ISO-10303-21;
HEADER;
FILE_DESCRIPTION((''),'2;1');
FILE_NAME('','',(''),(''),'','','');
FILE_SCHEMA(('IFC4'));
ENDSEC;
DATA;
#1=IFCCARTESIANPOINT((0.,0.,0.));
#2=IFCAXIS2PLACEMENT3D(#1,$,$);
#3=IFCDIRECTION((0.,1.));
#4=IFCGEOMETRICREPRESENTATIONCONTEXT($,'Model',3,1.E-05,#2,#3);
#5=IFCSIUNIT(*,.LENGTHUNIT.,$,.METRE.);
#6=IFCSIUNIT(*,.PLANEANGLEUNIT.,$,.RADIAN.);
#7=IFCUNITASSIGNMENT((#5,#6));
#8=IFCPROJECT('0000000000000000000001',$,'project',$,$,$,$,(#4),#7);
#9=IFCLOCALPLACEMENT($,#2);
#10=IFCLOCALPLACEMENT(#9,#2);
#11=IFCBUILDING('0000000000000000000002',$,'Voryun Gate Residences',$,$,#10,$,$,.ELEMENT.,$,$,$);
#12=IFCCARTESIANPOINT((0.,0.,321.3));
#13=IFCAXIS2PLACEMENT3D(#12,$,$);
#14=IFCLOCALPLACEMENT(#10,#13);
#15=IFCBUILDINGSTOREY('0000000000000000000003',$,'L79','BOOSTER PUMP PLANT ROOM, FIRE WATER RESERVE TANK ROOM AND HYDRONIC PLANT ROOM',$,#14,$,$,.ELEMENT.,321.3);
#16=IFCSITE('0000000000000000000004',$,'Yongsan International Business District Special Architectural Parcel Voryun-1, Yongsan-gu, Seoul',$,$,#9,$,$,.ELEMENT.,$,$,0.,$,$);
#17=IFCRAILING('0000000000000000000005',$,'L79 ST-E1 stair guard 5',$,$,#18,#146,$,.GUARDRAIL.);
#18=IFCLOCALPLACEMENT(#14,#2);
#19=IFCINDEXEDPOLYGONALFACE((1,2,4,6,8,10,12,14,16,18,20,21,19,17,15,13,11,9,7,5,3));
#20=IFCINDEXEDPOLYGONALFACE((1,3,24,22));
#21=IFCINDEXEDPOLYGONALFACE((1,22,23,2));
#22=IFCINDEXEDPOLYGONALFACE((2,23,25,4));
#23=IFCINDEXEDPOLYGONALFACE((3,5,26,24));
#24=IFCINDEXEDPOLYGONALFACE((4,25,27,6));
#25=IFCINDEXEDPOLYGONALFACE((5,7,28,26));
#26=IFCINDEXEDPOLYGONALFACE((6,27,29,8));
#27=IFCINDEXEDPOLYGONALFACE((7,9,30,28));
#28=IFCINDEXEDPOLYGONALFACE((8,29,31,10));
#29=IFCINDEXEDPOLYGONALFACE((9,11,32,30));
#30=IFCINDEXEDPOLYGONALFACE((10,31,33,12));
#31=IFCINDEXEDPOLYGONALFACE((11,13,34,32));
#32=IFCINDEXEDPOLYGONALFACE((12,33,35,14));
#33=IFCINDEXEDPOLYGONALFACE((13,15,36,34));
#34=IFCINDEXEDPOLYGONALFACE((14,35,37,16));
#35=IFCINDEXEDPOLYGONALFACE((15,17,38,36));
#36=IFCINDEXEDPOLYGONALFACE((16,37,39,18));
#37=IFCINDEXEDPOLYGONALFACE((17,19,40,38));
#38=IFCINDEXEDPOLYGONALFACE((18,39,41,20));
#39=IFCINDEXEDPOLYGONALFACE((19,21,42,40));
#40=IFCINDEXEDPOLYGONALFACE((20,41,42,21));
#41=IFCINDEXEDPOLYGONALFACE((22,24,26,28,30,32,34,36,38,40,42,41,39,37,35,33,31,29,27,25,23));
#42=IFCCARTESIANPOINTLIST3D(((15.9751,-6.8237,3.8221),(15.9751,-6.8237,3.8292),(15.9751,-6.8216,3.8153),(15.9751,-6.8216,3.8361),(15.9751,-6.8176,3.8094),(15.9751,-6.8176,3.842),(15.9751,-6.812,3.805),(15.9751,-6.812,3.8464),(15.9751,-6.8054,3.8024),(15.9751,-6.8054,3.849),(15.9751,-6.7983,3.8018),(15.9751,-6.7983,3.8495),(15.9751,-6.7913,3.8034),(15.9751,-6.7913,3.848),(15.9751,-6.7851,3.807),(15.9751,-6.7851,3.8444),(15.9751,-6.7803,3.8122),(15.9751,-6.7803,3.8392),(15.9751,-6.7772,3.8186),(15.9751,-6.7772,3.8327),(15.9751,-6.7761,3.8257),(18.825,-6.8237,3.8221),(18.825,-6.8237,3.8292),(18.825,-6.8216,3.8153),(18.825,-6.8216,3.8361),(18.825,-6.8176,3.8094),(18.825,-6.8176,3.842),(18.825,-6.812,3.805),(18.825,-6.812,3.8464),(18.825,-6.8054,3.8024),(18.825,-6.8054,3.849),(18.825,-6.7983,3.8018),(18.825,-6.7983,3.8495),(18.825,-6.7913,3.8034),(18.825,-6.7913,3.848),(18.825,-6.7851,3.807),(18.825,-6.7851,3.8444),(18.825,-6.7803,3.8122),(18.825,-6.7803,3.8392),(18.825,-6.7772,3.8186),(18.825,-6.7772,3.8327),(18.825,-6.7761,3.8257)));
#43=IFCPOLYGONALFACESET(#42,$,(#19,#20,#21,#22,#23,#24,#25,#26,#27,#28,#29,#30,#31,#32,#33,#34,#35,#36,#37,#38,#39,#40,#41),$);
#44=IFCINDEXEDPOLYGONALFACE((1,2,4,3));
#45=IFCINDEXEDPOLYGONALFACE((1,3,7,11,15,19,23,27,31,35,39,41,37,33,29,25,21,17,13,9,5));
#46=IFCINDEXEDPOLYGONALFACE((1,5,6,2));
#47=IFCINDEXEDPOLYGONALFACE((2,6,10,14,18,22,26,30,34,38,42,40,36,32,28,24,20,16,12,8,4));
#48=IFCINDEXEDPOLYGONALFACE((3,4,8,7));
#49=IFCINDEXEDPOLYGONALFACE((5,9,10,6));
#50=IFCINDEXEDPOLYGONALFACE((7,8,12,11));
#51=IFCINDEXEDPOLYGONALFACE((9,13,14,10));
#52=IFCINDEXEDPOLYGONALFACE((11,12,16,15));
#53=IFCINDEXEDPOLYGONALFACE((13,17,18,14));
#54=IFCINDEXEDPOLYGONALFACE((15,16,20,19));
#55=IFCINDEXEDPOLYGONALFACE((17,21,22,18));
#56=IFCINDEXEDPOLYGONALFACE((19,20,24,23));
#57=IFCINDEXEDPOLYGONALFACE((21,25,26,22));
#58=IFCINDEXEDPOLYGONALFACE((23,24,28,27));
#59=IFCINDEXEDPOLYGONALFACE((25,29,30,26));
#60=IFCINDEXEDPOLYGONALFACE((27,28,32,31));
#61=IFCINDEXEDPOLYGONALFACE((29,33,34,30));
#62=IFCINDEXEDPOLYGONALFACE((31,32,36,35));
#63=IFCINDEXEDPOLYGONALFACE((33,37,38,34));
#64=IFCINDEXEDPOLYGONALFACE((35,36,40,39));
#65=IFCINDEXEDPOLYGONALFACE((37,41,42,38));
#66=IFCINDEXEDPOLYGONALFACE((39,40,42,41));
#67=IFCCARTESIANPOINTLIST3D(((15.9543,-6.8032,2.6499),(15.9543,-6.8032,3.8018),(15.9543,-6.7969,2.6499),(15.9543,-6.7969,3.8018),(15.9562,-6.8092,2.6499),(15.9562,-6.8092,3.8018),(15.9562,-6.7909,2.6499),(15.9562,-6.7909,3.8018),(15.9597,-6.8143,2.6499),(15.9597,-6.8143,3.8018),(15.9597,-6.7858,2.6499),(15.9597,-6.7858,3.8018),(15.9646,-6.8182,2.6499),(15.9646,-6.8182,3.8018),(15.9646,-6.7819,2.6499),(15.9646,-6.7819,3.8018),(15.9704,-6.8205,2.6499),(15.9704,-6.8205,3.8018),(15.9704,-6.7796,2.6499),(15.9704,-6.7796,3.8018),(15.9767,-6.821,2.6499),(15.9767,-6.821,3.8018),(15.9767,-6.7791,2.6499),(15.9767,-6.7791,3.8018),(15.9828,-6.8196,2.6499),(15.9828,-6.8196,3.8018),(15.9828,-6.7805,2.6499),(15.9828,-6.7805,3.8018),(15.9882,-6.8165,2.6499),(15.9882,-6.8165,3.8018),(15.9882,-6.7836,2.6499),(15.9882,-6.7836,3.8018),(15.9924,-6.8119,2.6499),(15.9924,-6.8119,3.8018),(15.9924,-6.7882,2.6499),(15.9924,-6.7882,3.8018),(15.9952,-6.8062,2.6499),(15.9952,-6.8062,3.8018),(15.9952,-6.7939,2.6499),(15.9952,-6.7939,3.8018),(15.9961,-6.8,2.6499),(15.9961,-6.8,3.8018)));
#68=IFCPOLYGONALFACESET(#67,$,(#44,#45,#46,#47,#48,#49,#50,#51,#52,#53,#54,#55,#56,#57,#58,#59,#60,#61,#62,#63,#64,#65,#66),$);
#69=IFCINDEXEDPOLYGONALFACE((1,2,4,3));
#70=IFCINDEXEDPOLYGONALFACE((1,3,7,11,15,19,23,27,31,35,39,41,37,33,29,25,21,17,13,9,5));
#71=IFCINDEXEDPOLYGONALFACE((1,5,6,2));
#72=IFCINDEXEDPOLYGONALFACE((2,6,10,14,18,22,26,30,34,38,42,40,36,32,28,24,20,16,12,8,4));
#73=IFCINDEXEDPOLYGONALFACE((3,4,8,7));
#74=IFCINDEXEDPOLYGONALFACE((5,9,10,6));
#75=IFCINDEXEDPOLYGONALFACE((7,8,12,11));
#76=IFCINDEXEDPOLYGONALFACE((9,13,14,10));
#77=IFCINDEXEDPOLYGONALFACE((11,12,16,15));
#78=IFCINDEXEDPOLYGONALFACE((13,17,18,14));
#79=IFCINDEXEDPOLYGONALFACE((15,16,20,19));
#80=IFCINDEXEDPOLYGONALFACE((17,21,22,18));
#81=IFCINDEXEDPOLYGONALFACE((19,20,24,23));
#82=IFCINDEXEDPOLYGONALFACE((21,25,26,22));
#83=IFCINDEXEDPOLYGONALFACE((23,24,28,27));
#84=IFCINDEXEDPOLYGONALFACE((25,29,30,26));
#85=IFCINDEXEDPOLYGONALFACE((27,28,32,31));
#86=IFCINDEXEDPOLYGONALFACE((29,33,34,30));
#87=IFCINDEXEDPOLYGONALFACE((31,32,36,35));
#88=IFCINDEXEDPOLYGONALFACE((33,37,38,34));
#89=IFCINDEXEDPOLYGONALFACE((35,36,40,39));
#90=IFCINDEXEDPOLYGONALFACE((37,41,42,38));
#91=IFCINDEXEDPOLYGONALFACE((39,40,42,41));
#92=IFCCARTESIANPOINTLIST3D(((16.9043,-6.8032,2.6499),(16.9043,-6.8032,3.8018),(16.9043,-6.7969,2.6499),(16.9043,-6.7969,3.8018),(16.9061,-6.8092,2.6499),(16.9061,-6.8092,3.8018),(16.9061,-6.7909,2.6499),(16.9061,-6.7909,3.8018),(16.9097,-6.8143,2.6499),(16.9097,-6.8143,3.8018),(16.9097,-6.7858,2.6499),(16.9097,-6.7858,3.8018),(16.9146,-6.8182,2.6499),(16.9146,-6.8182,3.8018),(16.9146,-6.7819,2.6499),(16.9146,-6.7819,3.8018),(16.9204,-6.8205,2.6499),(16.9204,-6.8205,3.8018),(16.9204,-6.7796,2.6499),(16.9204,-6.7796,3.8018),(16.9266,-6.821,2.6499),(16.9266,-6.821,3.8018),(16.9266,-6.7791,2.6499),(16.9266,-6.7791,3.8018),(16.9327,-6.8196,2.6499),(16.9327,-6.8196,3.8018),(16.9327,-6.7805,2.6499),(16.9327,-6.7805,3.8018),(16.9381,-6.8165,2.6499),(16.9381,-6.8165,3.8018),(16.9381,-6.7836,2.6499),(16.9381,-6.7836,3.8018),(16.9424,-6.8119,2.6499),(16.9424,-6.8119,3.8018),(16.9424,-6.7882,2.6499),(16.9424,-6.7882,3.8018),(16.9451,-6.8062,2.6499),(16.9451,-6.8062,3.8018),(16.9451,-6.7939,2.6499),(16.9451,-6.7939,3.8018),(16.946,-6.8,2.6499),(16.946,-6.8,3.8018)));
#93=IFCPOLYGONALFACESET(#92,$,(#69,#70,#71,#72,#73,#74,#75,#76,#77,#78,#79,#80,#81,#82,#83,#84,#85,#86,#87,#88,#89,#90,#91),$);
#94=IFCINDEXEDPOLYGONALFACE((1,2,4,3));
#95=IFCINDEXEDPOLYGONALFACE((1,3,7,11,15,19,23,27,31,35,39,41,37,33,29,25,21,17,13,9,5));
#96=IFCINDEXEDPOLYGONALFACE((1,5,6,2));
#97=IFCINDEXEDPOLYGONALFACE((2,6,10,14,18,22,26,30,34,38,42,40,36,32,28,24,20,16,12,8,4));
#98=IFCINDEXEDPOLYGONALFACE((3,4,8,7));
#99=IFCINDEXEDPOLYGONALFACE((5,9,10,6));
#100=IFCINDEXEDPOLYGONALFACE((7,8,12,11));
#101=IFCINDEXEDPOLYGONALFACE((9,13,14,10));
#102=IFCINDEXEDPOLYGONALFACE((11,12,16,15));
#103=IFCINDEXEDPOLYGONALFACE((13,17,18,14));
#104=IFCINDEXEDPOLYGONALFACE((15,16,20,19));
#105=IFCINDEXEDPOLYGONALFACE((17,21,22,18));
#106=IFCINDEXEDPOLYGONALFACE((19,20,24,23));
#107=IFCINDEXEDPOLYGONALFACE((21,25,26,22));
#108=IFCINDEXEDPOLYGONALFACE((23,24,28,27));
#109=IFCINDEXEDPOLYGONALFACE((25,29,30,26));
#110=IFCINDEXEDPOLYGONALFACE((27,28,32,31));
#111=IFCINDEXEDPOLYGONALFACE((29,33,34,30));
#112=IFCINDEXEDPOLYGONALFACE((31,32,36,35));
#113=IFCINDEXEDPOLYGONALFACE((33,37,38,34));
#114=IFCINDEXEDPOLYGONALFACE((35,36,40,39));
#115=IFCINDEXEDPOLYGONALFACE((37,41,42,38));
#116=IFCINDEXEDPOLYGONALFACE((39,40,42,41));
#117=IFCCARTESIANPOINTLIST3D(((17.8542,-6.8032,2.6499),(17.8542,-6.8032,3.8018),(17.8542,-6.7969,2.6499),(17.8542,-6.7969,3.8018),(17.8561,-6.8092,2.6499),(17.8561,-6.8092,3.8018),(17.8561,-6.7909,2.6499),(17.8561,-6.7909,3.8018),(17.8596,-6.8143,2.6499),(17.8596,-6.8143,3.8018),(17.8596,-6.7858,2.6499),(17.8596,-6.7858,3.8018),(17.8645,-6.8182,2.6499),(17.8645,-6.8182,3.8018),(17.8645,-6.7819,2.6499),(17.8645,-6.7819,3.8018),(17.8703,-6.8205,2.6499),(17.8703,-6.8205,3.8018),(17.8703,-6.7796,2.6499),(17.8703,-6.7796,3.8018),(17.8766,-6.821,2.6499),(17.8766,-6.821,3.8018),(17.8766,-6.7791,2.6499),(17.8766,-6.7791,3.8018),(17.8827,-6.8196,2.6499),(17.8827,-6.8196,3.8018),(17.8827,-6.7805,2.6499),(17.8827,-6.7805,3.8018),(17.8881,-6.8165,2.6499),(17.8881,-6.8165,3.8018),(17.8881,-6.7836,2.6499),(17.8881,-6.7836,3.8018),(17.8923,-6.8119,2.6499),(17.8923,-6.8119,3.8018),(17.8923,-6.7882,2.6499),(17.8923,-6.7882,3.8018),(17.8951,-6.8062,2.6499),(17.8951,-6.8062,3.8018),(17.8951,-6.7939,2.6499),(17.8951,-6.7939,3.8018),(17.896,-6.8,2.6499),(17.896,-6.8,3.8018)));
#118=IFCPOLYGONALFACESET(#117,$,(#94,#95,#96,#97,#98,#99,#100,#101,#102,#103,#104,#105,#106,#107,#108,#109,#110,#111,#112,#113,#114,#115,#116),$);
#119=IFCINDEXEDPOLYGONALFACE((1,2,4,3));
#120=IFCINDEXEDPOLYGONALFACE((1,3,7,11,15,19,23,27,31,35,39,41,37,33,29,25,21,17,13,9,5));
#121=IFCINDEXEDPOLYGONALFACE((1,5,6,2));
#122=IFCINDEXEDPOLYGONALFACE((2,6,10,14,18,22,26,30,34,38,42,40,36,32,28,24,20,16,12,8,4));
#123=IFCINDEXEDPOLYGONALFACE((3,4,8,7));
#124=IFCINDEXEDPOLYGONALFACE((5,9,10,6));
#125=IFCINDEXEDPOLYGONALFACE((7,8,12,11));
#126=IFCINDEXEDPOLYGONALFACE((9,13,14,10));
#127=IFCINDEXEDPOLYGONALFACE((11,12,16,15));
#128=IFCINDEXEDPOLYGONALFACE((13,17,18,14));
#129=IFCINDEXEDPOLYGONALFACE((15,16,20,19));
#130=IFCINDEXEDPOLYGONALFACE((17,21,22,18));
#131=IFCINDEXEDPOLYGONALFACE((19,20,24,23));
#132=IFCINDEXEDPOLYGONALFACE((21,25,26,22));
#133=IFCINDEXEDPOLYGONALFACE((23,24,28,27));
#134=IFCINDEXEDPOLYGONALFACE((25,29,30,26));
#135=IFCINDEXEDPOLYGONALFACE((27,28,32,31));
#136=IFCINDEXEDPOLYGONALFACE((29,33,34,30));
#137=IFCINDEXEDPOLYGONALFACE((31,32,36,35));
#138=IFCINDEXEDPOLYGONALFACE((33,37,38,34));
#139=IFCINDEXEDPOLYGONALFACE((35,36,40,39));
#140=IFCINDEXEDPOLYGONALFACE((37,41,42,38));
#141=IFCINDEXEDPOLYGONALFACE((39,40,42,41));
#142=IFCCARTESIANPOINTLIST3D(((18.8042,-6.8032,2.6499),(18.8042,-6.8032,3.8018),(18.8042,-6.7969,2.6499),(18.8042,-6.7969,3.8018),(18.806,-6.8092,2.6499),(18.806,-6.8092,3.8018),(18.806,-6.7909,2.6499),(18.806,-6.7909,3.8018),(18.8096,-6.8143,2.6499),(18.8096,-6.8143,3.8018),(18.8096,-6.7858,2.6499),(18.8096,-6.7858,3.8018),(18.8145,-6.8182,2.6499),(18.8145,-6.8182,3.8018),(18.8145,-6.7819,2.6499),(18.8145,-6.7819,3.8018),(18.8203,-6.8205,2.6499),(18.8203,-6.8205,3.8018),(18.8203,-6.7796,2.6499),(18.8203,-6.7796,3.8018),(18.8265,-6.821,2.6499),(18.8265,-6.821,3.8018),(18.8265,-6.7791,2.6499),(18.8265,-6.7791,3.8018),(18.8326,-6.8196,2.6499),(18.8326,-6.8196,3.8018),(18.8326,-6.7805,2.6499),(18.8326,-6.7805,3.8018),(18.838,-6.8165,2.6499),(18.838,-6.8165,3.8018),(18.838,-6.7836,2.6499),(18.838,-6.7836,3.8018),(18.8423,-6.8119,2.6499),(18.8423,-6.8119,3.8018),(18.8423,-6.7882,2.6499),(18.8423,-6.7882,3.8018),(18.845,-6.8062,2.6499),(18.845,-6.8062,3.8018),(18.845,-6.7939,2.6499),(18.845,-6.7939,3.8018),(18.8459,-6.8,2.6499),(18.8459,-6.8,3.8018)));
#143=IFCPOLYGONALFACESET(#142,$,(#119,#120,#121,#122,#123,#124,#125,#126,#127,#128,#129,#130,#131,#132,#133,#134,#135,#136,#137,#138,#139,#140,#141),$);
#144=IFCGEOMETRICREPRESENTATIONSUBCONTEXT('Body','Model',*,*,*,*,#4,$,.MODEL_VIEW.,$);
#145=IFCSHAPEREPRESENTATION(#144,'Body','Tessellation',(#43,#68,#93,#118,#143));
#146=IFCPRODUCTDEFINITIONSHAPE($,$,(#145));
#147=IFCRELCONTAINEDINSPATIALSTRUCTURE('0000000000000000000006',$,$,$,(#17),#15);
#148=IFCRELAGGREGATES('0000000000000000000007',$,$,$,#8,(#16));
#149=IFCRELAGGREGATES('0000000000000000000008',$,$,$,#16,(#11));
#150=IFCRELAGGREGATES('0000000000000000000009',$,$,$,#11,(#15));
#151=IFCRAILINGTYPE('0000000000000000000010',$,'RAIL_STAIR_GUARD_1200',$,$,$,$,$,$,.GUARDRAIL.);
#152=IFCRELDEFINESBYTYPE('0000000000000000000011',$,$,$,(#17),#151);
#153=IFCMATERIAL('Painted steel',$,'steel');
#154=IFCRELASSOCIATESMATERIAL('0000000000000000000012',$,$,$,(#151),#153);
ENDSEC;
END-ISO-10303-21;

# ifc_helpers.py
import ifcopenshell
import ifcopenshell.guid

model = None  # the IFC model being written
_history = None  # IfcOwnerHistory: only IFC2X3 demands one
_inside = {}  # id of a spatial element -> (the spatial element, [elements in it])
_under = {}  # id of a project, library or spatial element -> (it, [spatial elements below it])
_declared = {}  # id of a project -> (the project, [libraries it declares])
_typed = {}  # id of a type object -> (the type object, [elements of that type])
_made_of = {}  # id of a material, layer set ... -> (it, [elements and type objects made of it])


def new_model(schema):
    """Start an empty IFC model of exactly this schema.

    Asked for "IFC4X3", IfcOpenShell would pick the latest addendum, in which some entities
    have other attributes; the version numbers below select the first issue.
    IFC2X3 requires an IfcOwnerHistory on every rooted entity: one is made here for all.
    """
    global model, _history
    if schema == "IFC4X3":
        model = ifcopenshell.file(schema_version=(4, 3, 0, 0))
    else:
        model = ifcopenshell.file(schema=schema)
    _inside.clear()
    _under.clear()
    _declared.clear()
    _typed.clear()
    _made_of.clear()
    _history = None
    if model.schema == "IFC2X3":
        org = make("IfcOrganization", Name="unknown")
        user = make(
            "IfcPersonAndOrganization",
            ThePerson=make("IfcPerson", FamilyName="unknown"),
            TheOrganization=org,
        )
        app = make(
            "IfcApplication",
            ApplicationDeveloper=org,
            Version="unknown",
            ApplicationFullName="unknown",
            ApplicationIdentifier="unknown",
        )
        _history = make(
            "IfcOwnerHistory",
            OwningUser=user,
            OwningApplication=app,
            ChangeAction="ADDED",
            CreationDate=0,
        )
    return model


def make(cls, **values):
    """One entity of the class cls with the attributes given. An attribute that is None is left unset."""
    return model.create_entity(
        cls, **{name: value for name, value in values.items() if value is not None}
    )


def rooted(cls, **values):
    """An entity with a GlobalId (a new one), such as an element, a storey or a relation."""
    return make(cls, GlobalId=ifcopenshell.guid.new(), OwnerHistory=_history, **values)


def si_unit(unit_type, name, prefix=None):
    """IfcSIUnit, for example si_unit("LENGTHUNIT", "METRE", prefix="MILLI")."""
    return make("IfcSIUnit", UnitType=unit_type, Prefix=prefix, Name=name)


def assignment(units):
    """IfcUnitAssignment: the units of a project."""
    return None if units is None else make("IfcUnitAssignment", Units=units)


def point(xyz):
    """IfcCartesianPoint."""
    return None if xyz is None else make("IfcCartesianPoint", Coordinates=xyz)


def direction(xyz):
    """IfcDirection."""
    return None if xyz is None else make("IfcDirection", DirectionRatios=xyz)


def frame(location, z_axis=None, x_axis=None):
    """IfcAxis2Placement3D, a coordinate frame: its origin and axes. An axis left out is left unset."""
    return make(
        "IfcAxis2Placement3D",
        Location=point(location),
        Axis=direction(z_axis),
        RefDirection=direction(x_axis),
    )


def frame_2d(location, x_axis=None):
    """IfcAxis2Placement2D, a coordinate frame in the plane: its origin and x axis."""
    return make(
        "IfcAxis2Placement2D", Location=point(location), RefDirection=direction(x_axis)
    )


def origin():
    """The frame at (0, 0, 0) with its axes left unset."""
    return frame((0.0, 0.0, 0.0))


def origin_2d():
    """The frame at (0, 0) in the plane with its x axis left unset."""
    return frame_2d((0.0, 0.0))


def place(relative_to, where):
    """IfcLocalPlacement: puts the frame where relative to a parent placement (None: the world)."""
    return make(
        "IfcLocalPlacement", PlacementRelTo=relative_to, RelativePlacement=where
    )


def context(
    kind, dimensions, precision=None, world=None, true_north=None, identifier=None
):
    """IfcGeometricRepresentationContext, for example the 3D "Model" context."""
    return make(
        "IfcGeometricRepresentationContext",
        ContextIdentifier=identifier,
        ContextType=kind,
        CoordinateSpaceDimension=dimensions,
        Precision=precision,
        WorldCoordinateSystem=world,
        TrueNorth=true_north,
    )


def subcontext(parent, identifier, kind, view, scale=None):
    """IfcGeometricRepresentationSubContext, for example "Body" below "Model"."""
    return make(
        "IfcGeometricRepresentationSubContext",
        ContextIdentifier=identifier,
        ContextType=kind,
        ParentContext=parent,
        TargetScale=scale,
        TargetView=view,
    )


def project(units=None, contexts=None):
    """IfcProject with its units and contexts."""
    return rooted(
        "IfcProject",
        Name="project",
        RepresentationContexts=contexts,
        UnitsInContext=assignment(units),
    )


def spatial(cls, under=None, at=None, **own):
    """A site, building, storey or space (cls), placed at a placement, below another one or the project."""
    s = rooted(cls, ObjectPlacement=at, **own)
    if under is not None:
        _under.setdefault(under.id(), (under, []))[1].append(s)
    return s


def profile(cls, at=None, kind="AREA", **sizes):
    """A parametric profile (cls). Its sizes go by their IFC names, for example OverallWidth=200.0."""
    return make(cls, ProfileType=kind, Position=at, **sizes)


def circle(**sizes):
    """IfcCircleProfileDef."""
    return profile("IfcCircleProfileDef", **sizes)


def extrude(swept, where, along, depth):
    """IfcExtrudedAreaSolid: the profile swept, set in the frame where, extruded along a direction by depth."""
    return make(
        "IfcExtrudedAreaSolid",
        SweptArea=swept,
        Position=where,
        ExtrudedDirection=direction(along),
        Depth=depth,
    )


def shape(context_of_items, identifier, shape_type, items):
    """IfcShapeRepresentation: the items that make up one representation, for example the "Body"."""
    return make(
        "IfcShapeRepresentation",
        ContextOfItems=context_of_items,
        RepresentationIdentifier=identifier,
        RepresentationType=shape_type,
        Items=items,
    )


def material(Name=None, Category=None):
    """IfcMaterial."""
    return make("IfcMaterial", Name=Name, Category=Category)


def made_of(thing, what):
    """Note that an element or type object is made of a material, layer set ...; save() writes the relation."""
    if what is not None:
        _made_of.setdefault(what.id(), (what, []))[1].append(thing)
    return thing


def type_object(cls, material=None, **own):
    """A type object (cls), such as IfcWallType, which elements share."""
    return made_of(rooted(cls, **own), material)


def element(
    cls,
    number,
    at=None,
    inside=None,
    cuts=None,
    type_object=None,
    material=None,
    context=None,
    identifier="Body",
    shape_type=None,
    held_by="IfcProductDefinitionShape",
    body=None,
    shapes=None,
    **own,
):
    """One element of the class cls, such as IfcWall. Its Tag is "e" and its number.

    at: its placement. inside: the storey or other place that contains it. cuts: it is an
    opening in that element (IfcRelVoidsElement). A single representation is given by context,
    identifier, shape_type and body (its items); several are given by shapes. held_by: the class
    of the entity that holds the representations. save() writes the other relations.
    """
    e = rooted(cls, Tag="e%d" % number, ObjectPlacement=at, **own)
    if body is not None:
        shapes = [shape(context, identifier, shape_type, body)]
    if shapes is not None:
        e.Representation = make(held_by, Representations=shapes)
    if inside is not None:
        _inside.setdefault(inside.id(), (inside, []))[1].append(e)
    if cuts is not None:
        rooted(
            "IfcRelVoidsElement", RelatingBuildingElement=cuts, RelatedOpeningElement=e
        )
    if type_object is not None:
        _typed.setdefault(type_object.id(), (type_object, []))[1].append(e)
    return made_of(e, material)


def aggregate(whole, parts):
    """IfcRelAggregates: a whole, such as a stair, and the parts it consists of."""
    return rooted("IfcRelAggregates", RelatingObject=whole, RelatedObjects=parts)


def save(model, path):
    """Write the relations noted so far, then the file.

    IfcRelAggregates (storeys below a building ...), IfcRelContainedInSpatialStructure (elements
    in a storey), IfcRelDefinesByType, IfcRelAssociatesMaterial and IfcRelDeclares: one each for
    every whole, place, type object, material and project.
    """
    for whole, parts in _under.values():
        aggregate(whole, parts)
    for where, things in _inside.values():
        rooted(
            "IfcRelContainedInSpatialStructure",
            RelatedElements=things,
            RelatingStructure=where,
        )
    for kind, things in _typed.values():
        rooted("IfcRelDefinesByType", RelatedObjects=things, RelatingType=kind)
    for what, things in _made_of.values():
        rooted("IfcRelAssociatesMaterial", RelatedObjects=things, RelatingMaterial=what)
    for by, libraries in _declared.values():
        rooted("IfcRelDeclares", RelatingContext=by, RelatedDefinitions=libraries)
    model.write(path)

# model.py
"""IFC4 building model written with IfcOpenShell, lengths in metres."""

from ifc_helpers import new_model, si_unit, direction, frame, origin, origin_2d, place, context, subcontext, project, spatial, circle, extrude, material, type_object, element, save


model = new_model("IFC4")

# Units and contexts
model_context = context("Model", 3, precision=1e-05, world=origin(), true_north=direction((0.0, 1.0)))
body_context = subcontext(model_context, "Body", "Model", "MODEL_VIEW")
ifc_project = project(units=[si_unit("LENGTHUNIT", "METRE"), si_unit("PLANEANGLEUNIT", "RADIAN")], contexts=[model_context])

# Site, building, storey
site_placement = place(None, origin())
site = spatial("IfcSite", under=ifc_project, at=site_placement, Name="Yongsan International Business District Special Architectural Parcel Voryun-1, Yongsan-gu, Seoul", CompositionType="ELEMENT", RefElevation=0.0)
building_placement = place(site_placement, origin())
building = spatial("IfcBuilding", under=site, at=building_placement, Name="Voryun Gate Residences", CompositionType="ELEMENT")
storey_placement = place(building_placement, frame((0.0, 0.0, 321.3)))
storey = spatial("IfcBuildingStorey", under=building, at=storey_placement, Name="L79", Description="BOOSTER PUMP PLANT ROOM, FIRE WATER RESERVE TANK ROOM AND HYDRONIC PLANT ROOM", CompositionType="ELEMENT", Elevation=321.3)

# Railing
ifc_material_1 = material(Name="Painted steel", Category="steel")
railing_type_1 = type_object("IfcRailingType", Name="RAIL_STAIR_GUARD_1200", PredefinedType="GUARDRAIL", material=ifc_material_1)
railing_1_placement = place(storey_placement, frame((15.9751, -6.8, 2.6499)))
element("IfcRailing", 1, at=railing_1_placement, inside=storey, type_object=railing_type_1, Name="L79 ST-E1 stair guard 5", PredefinedType="GUARDRAIL", context=body_context, shape_type="SweptSolid", body=[
    extrude(circle(Radius=0.0239, at=origin_2d()), frame((0.0, 0.0, 1.1758), z_axis=(1.0, 0.0, 0.0), x_axis=(0.0, 1.0, 0.0)), (0.0, 0.0, 1.0), 2.8499),
    extrude(circle(Radius=0.021, at=origin_2d()), origin(), (0.0, 0.0, 1.0), 1.1519),
    extrude(circle(Radius=0.021, at=origin_2d()), frame((0.95, 0.0, 0.0)), (0.0, 0.0, 1.0), 1.1519),
    extrude(circle(Radius=0.021, at=origin_2d()), frame((1.8999, 0.0, 0.0)), (0.0, 0.0, 1.0), 1.1519),
    extrude(circle(Radius=0.021, at=origin_2d()), frame((2.8499, 0.0, 0.0)), (0.0, 0.0, 1.0), 1.1519),
])

save(model, "model.ifc")
